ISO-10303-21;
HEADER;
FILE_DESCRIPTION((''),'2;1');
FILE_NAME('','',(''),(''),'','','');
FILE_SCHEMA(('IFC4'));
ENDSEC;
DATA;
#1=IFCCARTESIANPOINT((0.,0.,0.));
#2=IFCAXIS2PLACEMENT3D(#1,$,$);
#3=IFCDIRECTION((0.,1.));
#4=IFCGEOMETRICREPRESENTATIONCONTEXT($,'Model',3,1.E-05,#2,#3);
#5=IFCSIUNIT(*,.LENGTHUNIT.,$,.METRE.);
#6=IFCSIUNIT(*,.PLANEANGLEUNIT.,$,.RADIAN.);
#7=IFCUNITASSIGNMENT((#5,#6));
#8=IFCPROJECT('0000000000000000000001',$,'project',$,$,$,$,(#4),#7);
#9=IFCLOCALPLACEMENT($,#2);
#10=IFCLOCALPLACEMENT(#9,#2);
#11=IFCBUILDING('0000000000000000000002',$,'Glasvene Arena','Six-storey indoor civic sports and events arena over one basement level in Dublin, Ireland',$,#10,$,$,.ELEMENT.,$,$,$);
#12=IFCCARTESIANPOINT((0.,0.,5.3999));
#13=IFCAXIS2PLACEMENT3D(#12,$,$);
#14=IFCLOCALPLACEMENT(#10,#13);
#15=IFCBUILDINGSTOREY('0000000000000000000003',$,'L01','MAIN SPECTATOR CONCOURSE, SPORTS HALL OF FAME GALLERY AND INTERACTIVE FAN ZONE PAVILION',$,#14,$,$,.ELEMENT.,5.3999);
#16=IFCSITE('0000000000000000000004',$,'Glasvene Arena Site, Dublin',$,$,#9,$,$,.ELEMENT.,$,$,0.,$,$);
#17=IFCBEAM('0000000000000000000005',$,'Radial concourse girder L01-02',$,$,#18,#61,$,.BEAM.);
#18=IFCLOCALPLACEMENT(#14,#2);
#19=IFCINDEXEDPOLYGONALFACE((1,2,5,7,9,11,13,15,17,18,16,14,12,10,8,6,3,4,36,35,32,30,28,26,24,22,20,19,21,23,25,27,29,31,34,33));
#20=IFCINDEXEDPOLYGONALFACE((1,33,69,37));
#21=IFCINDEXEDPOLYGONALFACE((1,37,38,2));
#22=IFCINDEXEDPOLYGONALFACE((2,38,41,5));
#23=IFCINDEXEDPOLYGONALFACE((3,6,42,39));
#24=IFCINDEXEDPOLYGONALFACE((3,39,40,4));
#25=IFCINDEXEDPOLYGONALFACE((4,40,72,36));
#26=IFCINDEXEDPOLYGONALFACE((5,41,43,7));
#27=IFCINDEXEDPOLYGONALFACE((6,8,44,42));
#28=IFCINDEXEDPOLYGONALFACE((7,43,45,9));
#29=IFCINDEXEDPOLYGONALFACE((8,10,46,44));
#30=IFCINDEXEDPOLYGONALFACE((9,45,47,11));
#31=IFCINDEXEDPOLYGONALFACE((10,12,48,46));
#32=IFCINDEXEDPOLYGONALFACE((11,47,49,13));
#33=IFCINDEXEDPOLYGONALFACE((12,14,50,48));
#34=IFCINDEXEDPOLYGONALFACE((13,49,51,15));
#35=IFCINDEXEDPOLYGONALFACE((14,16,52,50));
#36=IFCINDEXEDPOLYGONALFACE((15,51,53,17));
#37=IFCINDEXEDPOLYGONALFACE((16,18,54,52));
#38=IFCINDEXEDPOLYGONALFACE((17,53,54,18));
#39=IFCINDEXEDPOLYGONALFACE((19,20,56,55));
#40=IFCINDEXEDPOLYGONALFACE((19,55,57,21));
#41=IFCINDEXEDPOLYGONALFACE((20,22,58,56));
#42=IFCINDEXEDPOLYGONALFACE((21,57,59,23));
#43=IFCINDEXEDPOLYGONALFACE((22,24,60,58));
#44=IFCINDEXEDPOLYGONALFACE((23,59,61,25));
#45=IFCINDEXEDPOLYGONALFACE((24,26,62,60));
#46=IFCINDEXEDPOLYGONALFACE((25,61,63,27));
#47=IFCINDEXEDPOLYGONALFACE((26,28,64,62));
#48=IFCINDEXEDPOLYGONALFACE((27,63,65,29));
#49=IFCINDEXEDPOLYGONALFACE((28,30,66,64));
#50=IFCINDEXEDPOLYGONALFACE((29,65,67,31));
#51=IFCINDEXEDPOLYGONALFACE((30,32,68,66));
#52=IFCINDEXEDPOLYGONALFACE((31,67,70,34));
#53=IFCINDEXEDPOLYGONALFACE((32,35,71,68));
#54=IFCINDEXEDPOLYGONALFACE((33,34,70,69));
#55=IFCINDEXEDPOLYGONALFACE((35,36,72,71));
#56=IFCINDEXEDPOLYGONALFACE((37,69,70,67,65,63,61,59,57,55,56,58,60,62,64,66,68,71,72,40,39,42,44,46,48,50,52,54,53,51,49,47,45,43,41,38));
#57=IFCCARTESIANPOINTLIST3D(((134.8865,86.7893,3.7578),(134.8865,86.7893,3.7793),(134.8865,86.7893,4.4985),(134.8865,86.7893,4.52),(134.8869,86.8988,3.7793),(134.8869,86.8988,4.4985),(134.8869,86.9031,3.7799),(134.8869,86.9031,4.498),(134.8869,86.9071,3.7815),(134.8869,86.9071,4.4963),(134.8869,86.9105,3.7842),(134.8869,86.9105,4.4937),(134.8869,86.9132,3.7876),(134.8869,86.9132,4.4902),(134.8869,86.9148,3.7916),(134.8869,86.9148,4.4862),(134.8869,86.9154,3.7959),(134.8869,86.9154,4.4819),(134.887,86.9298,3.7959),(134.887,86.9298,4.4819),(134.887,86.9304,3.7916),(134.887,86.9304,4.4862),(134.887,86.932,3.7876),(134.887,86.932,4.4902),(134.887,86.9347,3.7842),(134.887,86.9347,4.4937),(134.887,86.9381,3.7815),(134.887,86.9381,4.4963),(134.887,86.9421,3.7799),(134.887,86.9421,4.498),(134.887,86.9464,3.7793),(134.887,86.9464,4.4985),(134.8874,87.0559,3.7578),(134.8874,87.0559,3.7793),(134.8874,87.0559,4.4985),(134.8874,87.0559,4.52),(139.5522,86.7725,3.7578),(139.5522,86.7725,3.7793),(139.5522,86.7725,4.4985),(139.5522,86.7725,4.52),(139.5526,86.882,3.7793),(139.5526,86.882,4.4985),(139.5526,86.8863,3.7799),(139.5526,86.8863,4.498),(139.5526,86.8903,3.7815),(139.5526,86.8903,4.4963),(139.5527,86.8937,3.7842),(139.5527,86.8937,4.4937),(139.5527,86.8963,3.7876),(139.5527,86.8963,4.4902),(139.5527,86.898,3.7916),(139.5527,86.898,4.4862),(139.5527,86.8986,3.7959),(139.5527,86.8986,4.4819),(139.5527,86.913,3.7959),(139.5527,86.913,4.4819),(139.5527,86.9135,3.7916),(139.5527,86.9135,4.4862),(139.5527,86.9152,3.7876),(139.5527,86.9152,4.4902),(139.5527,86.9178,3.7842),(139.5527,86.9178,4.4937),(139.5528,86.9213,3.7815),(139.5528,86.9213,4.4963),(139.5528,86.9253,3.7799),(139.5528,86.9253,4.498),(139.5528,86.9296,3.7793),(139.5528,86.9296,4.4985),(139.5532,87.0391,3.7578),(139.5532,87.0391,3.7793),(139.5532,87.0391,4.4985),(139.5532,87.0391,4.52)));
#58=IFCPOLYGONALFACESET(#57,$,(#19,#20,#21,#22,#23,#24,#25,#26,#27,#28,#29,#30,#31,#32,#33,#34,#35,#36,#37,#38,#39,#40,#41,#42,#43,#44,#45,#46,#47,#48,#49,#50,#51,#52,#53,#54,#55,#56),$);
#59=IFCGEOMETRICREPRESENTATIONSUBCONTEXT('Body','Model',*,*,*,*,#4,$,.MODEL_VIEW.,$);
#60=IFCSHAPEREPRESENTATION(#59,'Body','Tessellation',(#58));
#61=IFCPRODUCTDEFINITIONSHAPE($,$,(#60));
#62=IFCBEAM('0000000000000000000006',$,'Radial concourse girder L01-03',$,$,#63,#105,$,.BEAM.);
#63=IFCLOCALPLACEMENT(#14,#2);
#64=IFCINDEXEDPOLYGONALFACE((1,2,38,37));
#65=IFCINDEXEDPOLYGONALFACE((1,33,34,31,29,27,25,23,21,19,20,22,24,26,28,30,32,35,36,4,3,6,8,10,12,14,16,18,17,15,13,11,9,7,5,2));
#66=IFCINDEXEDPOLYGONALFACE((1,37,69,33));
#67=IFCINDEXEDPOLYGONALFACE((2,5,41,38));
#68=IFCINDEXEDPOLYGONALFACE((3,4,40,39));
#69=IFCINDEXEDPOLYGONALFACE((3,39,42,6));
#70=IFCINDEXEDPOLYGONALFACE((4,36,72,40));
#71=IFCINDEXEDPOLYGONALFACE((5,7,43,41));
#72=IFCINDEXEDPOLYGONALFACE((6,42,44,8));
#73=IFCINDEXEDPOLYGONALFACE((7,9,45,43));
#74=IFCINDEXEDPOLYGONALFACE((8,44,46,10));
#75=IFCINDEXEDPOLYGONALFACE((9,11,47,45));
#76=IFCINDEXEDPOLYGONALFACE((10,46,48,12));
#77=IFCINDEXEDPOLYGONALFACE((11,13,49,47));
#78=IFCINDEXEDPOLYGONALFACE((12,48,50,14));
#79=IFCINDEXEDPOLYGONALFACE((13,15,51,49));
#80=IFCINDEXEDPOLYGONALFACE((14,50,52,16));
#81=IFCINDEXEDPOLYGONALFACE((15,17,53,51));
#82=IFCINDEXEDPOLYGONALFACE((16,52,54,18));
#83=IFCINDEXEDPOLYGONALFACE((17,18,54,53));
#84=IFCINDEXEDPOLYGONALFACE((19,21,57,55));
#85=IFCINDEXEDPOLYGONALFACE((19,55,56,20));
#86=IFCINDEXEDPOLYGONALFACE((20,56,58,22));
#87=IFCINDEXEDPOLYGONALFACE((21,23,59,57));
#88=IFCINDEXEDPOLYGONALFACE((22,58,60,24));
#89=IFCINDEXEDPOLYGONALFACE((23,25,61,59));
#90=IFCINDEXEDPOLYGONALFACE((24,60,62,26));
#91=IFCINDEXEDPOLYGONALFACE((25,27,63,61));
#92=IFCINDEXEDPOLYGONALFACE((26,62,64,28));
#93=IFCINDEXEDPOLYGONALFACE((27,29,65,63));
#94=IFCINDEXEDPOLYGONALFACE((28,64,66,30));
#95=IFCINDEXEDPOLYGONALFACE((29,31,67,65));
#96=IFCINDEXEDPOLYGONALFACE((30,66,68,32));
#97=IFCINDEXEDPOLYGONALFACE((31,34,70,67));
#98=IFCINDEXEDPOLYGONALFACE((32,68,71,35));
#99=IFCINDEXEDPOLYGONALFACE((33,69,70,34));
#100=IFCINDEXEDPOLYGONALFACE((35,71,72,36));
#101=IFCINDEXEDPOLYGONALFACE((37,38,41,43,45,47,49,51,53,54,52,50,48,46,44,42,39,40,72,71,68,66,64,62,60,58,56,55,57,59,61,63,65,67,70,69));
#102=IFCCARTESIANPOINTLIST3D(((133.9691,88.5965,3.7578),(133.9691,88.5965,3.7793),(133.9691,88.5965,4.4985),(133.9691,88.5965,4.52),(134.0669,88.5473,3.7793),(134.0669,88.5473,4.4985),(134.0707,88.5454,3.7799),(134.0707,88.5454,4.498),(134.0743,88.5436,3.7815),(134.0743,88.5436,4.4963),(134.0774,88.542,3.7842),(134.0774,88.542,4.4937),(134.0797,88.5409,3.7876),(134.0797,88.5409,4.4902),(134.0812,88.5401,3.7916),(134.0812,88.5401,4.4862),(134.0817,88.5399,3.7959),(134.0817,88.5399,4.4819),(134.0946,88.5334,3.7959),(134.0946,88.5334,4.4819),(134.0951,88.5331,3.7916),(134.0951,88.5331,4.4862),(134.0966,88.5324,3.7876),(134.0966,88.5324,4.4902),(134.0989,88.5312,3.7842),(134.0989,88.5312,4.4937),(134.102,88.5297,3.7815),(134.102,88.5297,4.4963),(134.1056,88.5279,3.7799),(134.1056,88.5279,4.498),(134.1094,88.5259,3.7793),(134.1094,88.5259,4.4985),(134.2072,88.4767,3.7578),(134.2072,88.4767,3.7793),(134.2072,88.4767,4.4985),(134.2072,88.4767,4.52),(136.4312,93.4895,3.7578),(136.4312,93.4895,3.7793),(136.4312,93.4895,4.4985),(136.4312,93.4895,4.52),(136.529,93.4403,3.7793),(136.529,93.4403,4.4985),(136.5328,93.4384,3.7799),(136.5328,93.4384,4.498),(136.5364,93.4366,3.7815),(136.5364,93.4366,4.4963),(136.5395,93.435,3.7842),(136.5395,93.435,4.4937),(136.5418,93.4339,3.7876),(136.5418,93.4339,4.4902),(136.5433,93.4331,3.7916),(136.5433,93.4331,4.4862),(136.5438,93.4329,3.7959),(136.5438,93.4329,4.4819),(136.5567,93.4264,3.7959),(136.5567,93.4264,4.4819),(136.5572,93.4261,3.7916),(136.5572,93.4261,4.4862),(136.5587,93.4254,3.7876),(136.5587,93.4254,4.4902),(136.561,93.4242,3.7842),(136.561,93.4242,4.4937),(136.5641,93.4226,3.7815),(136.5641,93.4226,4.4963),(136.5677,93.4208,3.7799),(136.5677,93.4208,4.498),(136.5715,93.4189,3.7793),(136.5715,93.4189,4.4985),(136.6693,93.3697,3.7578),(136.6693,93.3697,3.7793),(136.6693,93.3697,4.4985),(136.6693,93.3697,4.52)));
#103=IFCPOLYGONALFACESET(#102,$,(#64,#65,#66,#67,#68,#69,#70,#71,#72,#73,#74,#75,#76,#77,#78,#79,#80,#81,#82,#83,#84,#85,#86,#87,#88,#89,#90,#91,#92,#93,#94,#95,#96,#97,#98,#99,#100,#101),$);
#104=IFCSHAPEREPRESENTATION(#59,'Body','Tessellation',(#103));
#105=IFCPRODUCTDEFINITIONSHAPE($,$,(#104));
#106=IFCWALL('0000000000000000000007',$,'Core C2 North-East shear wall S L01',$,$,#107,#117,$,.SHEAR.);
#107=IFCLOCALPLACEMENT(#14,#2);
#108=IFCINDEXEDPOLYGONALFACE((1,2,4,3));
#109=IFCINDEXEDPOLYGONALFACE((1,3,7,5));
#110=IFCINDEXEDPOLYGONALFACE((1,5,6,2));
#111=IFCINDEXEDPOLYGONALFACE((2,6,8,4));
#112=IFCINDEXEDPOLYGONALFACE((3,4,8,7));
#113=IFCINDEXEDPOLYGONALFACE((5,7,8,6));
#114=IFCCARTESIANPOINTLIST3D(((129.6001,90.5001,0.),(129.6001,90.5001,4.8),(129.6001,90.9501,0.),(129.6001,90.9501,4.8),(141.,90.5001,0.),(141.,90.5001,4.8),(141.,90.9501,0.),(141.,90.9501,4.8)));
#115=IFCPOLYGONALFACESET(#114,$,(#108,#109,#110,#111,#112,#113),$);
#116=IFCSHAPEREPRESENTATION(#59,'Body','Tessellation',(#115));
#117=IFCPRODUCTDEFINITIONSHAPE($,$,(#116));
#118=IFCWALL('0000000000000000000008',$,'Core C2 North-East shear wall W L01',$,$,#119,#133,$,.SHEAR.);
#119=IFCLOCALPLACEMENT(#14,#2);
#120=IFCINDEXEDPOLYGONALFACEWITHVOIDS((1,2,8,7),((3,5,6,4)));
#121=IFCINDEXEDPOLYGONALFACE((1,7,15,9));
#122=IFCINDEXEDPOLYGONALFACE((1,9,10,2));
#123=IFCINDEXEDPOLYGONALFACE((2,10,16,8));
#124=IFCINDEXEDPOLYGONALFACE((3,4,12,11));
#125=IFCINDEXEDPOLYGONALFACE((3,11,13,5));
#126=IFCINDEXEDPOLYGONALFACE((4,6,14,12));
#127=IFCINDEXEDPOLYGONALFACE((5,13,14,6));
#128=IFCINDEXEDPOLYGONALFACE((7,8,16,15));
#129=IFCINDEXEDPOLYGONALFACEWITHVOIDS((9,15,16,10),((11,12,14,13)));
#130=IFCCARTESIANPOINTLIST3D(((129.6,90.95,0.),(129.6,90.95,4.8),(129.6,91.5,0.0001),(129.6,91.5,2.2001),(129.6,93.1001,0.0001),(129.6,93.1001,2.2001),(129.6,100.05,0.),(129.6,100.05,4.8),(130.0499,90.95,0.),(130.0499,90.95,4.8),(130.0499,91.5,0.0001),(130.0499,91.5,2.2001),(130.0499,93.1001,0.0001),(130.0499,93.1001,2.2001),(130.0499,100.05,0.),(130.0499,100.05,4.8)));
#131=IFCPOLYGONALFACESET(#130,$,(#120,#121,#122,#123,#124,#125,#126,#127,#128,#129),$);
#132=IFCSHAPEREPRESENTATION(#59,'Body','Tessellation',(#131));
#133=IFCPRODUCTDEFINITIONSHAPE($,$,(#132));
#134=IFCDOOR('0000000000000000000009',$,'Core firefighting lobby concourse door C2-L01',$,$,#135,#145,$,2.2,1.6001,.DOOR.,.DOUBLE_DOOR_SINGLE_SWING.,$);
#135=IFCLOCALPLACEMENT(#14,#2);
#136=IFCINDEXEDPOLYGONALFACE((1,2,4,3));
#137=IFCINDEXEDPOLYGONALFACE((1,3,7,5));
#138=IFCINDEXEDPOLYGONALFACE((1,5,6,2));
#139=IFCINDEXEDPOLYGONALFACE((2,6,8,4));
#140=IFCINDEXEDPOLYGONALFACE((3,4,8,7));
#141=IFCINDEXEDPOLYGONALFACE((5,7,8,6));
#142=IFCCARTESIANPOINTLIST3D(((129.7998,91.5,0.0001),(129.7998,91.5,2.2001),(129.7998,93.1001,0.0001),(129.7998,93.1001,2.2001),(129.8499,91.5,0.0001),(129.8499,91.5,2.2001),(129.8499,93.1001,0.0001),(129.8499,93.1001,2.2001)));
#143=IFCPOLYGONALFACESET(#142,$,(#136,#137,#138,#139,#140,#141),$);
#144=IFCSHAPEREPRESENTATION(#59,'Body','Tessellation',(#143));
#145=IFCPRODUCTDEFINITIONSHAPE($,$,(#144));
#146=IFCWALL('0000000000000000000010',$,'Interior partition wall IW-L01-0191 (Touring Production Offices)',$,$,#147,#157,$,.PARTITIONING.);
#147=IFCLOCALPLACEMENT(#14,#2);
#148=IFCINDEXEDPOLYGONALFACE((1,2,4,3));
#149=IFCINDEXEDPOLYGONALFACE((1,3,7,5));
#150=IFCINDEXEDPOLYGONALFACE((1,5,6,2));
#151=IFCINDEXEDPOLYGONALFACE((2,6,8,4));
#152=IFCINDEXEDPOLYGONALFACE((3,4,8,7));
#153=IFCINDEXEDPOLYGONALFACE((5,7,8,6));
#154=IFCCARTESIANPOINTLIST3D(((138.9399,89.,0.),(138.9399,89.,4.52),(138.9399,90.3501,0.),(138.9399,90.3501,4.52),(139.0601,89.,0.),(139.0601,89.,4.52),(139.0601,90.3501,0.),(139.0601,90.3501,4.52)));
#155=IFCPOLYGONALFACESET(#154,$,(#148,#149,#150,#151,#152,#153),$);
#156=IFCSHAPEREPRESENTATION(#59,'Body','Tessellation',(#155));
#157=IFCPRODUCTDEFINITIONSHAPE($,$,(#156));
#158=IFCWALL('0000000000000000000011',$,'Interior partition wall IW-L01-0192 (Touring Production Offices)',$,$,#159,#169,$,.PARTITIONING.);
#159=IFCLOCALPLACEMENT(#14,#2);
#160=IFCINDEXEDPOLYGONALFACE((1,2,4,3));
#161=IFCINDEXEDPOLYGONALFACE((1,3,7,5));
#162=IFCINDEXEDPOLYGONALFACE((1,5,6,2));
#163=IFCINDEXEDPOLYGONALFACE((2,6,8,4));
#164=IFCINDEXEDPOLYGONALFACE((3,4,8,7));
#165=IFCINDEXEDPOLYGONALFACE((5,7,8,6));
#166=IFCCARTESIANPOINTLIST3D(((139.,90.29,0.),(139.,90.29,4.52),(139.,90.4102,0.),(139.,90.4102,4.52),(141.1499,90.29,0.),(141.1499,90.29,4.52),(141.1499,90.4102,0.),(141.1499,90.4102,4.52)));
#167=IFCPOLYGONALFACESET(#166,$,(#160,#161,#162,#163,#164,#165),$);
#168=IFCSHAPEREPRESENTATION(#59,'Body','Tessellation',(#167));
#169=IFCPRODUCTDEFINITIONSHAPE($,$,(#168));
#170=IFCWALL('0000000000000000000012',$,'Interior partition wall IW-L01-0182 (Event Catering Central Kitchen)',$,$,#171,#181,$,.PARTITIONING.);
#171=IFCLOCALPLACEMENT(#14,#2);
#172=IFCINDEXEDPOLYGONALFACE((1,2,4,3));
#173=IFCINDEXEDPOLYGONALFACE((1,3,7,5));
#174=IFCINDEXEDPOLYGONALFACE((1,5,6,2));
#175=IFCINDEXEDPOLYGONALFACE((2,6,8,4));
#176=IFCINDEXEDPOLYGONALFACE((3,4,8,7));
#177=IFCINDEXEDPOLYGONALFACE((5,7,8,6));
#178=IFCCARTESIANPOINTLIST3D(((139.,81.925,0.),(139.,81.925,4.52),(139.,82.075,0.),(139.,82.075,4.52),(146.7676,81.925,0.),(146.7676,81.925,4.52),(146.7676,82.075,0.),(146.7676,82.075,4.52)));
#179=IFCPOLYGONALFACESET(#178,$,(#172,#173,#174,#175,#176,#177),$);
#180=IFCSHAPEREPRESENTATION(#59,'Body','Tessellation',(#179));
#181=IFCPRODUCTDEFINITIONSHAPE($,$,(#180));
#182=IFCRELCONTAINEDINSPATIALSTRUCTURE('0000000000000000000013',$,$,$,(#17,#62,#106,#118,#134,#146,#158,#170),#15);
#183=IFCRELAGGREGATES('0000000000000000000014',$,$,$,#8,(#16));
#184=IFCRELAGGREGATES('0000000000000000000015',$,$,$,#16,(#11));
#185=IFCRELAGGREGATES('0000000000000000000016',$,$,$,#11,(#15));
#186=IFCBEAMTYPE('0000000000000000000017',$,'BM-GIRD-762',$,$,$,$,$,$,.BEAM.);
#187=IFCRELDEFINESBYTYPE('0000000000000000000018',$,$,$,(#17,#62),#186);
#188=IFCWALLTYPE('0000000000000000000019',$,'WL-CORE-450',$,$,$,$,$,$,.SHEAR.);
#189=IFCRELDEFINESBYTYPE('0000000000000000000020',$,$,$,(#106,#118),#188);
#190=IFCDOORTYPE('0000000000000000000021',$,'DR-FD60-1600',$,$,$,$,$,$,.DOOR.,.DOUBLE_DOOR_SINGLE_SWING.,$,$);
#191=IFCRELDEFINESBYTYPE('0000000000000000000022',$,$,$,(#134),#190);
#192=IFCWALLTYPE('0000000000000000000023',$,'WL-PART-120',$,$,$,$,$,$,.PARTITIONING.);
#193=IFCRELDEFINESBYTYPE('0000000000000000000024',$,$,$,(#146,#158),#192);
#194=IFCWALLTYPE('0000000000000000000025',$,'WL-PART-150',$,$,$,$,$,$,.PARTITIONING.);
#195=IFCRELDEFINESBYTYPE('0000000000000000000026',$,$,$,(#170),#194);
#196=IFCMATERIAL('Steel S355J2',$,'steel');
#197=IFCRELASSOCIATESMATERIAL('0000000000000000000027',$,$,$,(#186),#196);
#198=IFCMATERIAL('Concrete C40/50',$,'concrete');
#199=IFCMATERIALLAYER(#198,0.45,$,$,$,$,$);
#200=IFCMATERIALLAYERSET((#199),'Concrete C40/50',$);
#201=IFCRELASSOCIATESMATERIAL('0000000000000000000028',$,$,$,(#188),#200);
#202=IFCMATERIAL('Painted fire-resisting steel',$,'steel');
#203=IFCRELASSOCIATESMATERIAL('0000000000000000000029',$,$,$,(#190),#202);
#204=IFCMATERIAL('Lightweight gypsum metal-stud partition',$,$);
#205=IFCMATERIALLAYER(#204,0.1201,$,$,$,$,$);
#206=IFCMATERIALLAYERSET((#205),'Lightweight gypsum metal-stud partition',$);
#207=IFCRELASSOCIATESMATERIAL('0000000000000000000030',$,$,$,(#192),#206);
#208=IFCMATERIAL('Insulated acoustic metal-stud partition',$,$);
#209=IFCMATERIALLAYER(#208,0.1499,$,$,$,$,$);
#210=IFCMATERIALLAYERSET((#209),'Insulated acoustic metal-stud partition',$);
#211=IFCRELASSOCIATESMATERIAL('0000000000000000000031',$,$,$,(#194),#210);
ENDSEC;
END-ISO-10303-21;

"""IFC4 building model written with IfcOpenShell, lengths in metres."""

from ifc_helpers import new_model, si_unit, direction, frame, frame_2d, origin, origin_2d, place, context, subcontext, project, spatial, rectangle, i_section, extrude, material, layer, layer_set, material_profile, profile_set, type_object, element, fill, save


model = new_model("IFC4")

# Units and contexts
model_context = context("Model", 3, precision=1e-05, world=origin(), true_north=direction((0.0, 1.0)))
body_context = subcontext(model_context, "Body", "Model", "MODEL_VIEW")
ifc_project = project(units=[si_unit("LENGTHUNIT", "METRE"), si_unit("PLANEANGLEUNIT", "RADIAN")], contexts=[model_context])

# Site, building, storey
site_placement = place(None, origin())
site = spatial("IfcSite", under=ifc_project, at=site_placement, Name="Glasvene Arena Site, Dublin", CompositionType="ELEMENT", RefElevation=0.0)
building_placement = place(site_placement, origin())
building = spatial("IfcBuilding", under=site, at=building_placement, Name="Glasvene Arena", Description="Six-storey indoor civic sports and events arena over one basement level in Dublin, Ireland", CompositionType="ELEMENT")
storey_placement = place(building_placement, frame((0.0, 0.0, 5.3999)))
storey = spatial("IfcBuildingStorey", under=building, at=storey_placement, Name="L01", Description="MAIN SPECTATOR CONCOURSE, SPORTS HALL OF FAME GALLERY AND INTERACTIVE FAN ZONE PAVILION", CompositionType="ELEMENT", Elevation=5.3999)

# Shared definitions
ifc_material_1 = material(Name="Concrete C40/50", Category="concrete")
ifc_material_2 = material(Name="Steel S355J2", Category="steel")

# Beams
ifc_material_profile_1 = material_profile(ifc_material_2, i_section(OverallWidth=0.2666, OverallDepth=0.7622, WebThickness=0.0144, FlangeThickness=0.0215, FilletRadius=0.0166, at=origin_2d()), Name="UKB 762x267x173")
ifc_profile_set_1 = profile_set([ifc_material_profile_1], Name="Steel S355J2")
beam_type_1 = type_object("IfcBeamType", Name="BM-GIRD-762", PredefinedType="BEAM", material=ifc_profile_set_1)
beam_1_placement = place(storey_placement, frame((134.887, 86.9226, 4.1389), z_axis=(0.999993, -0.00361, 0.0), x_axis=(0.00361, 0.999993, 0.0)))
element("IfcBeam", 1, at=beam_1_placement, inside=storey, type_object=beam_type_1, Name="Radial concourse girder L01-02", PredefinedType="BEAM", context=body_context, shape_type="SweptSolid", body=[
    extrude(i_section(OverallWidth=0.2666, OverallDepth=0.7622, WebThickness=0.0144, FlangeThickness=0.0215, FilletRadius=0.0166, at=origin_2d()), origin(), (0.0, 0.0, 1.0), 4.6658),
])
beam_2_placement = place(storey_placement, frame((134.0881, 88.5366, 4.1389), z_axis=(0.449494, 0.893283, 0.0), x_axis=(-0.893283, 0.449494, 0.0)))
element("IfcBeam", 2, at=beam_2_placement, inside=storey, type_object=beam_type_1, Name="Radial concourse girder L01-03", PredefinedType="BEAM", context=body_context, shape_type="SweptSolid", body=[
    extrude(i_section(OverallWidth=0.2666, OverallDepth=0.7622, WebThickness=0.0144, FlangeThickness=0.0215, FilletRadius=0.0166, at=origin_2d()), origin(), (0.0, 0.0, 1.0), 5.4775),
])

# Wall
ifc_layer_1 = layer(ifc_material_1, 0.45)
ifc_layer_set_1 = layer_set([ifc_layer_1], Name="Concrete C40/50")
wall_type_1 = type_object("IfcWallType", Name="WL-CORE-450", PredefinedType="SHEAR", material=ifc_layer_set_1)
wall_1_placement = place(storey_placement, frame((129.6001, 90.7251, 0.0), z_axis=(0.0, 0.0, 1.0), x_axis=(1.0, 0.0, 0.0)))
element("IfcWall", 3, at=wall_1_placement, inside=storey, type_object=wall_type_1, Name="Core C2 North-East shear wall S L01", PredefinedType="SHEAR", context=body_context, shape_type="SweptSolid", body=[
    extrude(rectangle(XDim=11.3999, YDim=0.45, at=frame_2d((5.7, 0.0))), origin(), (0.0, 0.0, 1.0), 4.8),
])

# Wall, opening, door
wall_2_placement = place(storey_placement, frame((129.825, 90.95, 0.0), z_axis=(0.0, 0.0, 1.0), x_axis=(0.0, 1.0, 0.0)))
wall_2 = element("IfcWall", 4, at=wall_2_placement, inside=storey, type_object=wall_type_1, Name="Core C2 North-East shear wall W L01", PredefinedType="SHEAR", context=body_context, shape_type="SweptSolid", body=[
    extrude(rectangle(XDim=9.1001, YDim=0.45, at=frame_2d((4.55, 0.0))), origin(), (0.0, 0.0, 1.0), 4.8),
])
opening_1_placement = place(wall_2_placement, frame((0.55, 0.0, 0.0)))
opening_1 = element("IfcOpeningElement", 5, at=opening_1_placement, cuts=wall_2, PredefinedType="OPENING", context=body_context, shape_type="SweptSolid", body=[
    extrude(rectangle(XDim=1.6001, YDim=2.2, at=frame_2d((0.8, 1.1001))), frame((0.0, 0.2349, 0.0), z_axis=(0.0, -1.0, 0.0), x_axis=(1.0, 0.0, 0.0)), (0.0, 0.0, 1.0), 0.47),
])
ifc_material_3 = material(Name="Painted fire-resisting steel", Category="steel")
door_type_1 = type_object("IfcDoorType", Name="DR-FD60-1600", OperationType="DOUBLE_DOOR_SINGLE_SWING", PredefinedType="DOOR", material=ifc_material_3)
door_1_placement = place(opening_1_placement, frame((1.6001, 0.0, 0.0), z_axis=(0.0, 0.0, 1.0), x_axis=(-1.0, 0.0, 0.0)))
door_1 = element("IfcDoor", 6, at=door_1_placement, inside=storey, type_object=door_type_1, Name="Core firefighting lobby concourse door C2-L01", OperationType="DOUBLE_DOOR_SINGLE_SWING", OverallHeight=2.2, OverallWidth=1.6001, PredefinedType="DOOR", context=body_context, shape_type="SweptSolid", body=[
    extrude(rectangle(XDim=1.6001, YDim=2.2, at=frame_2d((0.8, 1.1001))), frame((0.0, 0.0249, 0.0), z_axis=(0.0, -1.0, 0.0), x_axis=(1.0, 0.0, 0.0)), (0.0, 0.0, 1.0), 0.05),
])
fill(opening_1, door_1)

# Walls
ifc_material_4 = material(Name="Lightweight gypsum metal-stud partition")
ifc_layer_2 = layer(ifc_material_4, 0.1201)
ifc_layer_set_2 = layer_set([ifc_layer_2], Name="Lightweight gypsum metal-stud partition")
wall_type_2 = type_object("IfcWallType", Name="WL-PART-120", PredefinedType="PARTITIONING", material=ifc_layer_set_2)
wall_3_placement = place(storey_placement, frame((139.0, 89.0, 0.0), z_axis=(0.0, 0.0, 1.0), x_axis=(0.0, 1.0, 0.0)))
element("IfcWall", 7, at=wall_3_placement, inside=storey, type_object=wall_type_2, Name="Interior partition wall IW-L01-0191 (Touring Production Offices)", PredefinedType="PARTITIONING", context=body_context, shape_type="SweptSolid", body=[
    extrude(rectangle(XDim=1.3501, YDim=0.1201, at=frame_2d((0.675, 0.0))), origin(), (0.0, 0.0, 1.0), 4.52),
])
wall_4_placement = place(storey_placement, frame((139.0, 90.3501, 0.0), z_axis=(0.0, 0.0, 1.0), x_axis=(1.0, 0.0, 0.0)))
element("IfcWall", 8, at=wall_4_placement, inside=storey, type_object=wall_type_2, Name="Interior partition wall IW-L01-0192 (Touring Production Offices)", PredefinedType="PARTITIONING", context=body_context, shape_type="SweptSolid", body=[
    extrude(rectangle(XDim=2.1499, YDim=0.1201, at=frame_2d((1.075, 0.0))), origin(), (0.0, 0.0, 1.0), 4.52),
])
ifc_material_5 = material(Name="Insulated acoustic metal-stud partition")
ifc_layer_3 = layer(ifc_material_5, 0.1499)
ifc_layer_set_3 = layer_set([ifc_layer_3], Name="Insulated acoustic metal-stud partition")
wall_type_3 = type_object("IfcWallType", Name="WL-PART-150", PredefinedType="PARTITIONING", material=ifc_layer_set_3)
wall_5_placement = place(storey_placement, frame((139.0, 82.0, 0.0), z_axis=(0.0, 0.0, 1.0), x_axis=(1.0, 0.0, 0.0)))
element("IfcWall", 9, at=wall_5_placement, inside=storey, type_object=wall_type_3, Name="Interior partition wall IW-L01-0182 (Event Catering Central Kitchen)", PredefinedType="PARTITIONING", context=body_context, shape_type="SweptSolid", body=[
    extrude(rectangle(XDim=7.7676, YDim=0.1499, at=frame_2d((3.8838, 0.0))), origin(), (0.0, 0.0, 1.0), 4.52),
])

save(model, "model.ifc")
